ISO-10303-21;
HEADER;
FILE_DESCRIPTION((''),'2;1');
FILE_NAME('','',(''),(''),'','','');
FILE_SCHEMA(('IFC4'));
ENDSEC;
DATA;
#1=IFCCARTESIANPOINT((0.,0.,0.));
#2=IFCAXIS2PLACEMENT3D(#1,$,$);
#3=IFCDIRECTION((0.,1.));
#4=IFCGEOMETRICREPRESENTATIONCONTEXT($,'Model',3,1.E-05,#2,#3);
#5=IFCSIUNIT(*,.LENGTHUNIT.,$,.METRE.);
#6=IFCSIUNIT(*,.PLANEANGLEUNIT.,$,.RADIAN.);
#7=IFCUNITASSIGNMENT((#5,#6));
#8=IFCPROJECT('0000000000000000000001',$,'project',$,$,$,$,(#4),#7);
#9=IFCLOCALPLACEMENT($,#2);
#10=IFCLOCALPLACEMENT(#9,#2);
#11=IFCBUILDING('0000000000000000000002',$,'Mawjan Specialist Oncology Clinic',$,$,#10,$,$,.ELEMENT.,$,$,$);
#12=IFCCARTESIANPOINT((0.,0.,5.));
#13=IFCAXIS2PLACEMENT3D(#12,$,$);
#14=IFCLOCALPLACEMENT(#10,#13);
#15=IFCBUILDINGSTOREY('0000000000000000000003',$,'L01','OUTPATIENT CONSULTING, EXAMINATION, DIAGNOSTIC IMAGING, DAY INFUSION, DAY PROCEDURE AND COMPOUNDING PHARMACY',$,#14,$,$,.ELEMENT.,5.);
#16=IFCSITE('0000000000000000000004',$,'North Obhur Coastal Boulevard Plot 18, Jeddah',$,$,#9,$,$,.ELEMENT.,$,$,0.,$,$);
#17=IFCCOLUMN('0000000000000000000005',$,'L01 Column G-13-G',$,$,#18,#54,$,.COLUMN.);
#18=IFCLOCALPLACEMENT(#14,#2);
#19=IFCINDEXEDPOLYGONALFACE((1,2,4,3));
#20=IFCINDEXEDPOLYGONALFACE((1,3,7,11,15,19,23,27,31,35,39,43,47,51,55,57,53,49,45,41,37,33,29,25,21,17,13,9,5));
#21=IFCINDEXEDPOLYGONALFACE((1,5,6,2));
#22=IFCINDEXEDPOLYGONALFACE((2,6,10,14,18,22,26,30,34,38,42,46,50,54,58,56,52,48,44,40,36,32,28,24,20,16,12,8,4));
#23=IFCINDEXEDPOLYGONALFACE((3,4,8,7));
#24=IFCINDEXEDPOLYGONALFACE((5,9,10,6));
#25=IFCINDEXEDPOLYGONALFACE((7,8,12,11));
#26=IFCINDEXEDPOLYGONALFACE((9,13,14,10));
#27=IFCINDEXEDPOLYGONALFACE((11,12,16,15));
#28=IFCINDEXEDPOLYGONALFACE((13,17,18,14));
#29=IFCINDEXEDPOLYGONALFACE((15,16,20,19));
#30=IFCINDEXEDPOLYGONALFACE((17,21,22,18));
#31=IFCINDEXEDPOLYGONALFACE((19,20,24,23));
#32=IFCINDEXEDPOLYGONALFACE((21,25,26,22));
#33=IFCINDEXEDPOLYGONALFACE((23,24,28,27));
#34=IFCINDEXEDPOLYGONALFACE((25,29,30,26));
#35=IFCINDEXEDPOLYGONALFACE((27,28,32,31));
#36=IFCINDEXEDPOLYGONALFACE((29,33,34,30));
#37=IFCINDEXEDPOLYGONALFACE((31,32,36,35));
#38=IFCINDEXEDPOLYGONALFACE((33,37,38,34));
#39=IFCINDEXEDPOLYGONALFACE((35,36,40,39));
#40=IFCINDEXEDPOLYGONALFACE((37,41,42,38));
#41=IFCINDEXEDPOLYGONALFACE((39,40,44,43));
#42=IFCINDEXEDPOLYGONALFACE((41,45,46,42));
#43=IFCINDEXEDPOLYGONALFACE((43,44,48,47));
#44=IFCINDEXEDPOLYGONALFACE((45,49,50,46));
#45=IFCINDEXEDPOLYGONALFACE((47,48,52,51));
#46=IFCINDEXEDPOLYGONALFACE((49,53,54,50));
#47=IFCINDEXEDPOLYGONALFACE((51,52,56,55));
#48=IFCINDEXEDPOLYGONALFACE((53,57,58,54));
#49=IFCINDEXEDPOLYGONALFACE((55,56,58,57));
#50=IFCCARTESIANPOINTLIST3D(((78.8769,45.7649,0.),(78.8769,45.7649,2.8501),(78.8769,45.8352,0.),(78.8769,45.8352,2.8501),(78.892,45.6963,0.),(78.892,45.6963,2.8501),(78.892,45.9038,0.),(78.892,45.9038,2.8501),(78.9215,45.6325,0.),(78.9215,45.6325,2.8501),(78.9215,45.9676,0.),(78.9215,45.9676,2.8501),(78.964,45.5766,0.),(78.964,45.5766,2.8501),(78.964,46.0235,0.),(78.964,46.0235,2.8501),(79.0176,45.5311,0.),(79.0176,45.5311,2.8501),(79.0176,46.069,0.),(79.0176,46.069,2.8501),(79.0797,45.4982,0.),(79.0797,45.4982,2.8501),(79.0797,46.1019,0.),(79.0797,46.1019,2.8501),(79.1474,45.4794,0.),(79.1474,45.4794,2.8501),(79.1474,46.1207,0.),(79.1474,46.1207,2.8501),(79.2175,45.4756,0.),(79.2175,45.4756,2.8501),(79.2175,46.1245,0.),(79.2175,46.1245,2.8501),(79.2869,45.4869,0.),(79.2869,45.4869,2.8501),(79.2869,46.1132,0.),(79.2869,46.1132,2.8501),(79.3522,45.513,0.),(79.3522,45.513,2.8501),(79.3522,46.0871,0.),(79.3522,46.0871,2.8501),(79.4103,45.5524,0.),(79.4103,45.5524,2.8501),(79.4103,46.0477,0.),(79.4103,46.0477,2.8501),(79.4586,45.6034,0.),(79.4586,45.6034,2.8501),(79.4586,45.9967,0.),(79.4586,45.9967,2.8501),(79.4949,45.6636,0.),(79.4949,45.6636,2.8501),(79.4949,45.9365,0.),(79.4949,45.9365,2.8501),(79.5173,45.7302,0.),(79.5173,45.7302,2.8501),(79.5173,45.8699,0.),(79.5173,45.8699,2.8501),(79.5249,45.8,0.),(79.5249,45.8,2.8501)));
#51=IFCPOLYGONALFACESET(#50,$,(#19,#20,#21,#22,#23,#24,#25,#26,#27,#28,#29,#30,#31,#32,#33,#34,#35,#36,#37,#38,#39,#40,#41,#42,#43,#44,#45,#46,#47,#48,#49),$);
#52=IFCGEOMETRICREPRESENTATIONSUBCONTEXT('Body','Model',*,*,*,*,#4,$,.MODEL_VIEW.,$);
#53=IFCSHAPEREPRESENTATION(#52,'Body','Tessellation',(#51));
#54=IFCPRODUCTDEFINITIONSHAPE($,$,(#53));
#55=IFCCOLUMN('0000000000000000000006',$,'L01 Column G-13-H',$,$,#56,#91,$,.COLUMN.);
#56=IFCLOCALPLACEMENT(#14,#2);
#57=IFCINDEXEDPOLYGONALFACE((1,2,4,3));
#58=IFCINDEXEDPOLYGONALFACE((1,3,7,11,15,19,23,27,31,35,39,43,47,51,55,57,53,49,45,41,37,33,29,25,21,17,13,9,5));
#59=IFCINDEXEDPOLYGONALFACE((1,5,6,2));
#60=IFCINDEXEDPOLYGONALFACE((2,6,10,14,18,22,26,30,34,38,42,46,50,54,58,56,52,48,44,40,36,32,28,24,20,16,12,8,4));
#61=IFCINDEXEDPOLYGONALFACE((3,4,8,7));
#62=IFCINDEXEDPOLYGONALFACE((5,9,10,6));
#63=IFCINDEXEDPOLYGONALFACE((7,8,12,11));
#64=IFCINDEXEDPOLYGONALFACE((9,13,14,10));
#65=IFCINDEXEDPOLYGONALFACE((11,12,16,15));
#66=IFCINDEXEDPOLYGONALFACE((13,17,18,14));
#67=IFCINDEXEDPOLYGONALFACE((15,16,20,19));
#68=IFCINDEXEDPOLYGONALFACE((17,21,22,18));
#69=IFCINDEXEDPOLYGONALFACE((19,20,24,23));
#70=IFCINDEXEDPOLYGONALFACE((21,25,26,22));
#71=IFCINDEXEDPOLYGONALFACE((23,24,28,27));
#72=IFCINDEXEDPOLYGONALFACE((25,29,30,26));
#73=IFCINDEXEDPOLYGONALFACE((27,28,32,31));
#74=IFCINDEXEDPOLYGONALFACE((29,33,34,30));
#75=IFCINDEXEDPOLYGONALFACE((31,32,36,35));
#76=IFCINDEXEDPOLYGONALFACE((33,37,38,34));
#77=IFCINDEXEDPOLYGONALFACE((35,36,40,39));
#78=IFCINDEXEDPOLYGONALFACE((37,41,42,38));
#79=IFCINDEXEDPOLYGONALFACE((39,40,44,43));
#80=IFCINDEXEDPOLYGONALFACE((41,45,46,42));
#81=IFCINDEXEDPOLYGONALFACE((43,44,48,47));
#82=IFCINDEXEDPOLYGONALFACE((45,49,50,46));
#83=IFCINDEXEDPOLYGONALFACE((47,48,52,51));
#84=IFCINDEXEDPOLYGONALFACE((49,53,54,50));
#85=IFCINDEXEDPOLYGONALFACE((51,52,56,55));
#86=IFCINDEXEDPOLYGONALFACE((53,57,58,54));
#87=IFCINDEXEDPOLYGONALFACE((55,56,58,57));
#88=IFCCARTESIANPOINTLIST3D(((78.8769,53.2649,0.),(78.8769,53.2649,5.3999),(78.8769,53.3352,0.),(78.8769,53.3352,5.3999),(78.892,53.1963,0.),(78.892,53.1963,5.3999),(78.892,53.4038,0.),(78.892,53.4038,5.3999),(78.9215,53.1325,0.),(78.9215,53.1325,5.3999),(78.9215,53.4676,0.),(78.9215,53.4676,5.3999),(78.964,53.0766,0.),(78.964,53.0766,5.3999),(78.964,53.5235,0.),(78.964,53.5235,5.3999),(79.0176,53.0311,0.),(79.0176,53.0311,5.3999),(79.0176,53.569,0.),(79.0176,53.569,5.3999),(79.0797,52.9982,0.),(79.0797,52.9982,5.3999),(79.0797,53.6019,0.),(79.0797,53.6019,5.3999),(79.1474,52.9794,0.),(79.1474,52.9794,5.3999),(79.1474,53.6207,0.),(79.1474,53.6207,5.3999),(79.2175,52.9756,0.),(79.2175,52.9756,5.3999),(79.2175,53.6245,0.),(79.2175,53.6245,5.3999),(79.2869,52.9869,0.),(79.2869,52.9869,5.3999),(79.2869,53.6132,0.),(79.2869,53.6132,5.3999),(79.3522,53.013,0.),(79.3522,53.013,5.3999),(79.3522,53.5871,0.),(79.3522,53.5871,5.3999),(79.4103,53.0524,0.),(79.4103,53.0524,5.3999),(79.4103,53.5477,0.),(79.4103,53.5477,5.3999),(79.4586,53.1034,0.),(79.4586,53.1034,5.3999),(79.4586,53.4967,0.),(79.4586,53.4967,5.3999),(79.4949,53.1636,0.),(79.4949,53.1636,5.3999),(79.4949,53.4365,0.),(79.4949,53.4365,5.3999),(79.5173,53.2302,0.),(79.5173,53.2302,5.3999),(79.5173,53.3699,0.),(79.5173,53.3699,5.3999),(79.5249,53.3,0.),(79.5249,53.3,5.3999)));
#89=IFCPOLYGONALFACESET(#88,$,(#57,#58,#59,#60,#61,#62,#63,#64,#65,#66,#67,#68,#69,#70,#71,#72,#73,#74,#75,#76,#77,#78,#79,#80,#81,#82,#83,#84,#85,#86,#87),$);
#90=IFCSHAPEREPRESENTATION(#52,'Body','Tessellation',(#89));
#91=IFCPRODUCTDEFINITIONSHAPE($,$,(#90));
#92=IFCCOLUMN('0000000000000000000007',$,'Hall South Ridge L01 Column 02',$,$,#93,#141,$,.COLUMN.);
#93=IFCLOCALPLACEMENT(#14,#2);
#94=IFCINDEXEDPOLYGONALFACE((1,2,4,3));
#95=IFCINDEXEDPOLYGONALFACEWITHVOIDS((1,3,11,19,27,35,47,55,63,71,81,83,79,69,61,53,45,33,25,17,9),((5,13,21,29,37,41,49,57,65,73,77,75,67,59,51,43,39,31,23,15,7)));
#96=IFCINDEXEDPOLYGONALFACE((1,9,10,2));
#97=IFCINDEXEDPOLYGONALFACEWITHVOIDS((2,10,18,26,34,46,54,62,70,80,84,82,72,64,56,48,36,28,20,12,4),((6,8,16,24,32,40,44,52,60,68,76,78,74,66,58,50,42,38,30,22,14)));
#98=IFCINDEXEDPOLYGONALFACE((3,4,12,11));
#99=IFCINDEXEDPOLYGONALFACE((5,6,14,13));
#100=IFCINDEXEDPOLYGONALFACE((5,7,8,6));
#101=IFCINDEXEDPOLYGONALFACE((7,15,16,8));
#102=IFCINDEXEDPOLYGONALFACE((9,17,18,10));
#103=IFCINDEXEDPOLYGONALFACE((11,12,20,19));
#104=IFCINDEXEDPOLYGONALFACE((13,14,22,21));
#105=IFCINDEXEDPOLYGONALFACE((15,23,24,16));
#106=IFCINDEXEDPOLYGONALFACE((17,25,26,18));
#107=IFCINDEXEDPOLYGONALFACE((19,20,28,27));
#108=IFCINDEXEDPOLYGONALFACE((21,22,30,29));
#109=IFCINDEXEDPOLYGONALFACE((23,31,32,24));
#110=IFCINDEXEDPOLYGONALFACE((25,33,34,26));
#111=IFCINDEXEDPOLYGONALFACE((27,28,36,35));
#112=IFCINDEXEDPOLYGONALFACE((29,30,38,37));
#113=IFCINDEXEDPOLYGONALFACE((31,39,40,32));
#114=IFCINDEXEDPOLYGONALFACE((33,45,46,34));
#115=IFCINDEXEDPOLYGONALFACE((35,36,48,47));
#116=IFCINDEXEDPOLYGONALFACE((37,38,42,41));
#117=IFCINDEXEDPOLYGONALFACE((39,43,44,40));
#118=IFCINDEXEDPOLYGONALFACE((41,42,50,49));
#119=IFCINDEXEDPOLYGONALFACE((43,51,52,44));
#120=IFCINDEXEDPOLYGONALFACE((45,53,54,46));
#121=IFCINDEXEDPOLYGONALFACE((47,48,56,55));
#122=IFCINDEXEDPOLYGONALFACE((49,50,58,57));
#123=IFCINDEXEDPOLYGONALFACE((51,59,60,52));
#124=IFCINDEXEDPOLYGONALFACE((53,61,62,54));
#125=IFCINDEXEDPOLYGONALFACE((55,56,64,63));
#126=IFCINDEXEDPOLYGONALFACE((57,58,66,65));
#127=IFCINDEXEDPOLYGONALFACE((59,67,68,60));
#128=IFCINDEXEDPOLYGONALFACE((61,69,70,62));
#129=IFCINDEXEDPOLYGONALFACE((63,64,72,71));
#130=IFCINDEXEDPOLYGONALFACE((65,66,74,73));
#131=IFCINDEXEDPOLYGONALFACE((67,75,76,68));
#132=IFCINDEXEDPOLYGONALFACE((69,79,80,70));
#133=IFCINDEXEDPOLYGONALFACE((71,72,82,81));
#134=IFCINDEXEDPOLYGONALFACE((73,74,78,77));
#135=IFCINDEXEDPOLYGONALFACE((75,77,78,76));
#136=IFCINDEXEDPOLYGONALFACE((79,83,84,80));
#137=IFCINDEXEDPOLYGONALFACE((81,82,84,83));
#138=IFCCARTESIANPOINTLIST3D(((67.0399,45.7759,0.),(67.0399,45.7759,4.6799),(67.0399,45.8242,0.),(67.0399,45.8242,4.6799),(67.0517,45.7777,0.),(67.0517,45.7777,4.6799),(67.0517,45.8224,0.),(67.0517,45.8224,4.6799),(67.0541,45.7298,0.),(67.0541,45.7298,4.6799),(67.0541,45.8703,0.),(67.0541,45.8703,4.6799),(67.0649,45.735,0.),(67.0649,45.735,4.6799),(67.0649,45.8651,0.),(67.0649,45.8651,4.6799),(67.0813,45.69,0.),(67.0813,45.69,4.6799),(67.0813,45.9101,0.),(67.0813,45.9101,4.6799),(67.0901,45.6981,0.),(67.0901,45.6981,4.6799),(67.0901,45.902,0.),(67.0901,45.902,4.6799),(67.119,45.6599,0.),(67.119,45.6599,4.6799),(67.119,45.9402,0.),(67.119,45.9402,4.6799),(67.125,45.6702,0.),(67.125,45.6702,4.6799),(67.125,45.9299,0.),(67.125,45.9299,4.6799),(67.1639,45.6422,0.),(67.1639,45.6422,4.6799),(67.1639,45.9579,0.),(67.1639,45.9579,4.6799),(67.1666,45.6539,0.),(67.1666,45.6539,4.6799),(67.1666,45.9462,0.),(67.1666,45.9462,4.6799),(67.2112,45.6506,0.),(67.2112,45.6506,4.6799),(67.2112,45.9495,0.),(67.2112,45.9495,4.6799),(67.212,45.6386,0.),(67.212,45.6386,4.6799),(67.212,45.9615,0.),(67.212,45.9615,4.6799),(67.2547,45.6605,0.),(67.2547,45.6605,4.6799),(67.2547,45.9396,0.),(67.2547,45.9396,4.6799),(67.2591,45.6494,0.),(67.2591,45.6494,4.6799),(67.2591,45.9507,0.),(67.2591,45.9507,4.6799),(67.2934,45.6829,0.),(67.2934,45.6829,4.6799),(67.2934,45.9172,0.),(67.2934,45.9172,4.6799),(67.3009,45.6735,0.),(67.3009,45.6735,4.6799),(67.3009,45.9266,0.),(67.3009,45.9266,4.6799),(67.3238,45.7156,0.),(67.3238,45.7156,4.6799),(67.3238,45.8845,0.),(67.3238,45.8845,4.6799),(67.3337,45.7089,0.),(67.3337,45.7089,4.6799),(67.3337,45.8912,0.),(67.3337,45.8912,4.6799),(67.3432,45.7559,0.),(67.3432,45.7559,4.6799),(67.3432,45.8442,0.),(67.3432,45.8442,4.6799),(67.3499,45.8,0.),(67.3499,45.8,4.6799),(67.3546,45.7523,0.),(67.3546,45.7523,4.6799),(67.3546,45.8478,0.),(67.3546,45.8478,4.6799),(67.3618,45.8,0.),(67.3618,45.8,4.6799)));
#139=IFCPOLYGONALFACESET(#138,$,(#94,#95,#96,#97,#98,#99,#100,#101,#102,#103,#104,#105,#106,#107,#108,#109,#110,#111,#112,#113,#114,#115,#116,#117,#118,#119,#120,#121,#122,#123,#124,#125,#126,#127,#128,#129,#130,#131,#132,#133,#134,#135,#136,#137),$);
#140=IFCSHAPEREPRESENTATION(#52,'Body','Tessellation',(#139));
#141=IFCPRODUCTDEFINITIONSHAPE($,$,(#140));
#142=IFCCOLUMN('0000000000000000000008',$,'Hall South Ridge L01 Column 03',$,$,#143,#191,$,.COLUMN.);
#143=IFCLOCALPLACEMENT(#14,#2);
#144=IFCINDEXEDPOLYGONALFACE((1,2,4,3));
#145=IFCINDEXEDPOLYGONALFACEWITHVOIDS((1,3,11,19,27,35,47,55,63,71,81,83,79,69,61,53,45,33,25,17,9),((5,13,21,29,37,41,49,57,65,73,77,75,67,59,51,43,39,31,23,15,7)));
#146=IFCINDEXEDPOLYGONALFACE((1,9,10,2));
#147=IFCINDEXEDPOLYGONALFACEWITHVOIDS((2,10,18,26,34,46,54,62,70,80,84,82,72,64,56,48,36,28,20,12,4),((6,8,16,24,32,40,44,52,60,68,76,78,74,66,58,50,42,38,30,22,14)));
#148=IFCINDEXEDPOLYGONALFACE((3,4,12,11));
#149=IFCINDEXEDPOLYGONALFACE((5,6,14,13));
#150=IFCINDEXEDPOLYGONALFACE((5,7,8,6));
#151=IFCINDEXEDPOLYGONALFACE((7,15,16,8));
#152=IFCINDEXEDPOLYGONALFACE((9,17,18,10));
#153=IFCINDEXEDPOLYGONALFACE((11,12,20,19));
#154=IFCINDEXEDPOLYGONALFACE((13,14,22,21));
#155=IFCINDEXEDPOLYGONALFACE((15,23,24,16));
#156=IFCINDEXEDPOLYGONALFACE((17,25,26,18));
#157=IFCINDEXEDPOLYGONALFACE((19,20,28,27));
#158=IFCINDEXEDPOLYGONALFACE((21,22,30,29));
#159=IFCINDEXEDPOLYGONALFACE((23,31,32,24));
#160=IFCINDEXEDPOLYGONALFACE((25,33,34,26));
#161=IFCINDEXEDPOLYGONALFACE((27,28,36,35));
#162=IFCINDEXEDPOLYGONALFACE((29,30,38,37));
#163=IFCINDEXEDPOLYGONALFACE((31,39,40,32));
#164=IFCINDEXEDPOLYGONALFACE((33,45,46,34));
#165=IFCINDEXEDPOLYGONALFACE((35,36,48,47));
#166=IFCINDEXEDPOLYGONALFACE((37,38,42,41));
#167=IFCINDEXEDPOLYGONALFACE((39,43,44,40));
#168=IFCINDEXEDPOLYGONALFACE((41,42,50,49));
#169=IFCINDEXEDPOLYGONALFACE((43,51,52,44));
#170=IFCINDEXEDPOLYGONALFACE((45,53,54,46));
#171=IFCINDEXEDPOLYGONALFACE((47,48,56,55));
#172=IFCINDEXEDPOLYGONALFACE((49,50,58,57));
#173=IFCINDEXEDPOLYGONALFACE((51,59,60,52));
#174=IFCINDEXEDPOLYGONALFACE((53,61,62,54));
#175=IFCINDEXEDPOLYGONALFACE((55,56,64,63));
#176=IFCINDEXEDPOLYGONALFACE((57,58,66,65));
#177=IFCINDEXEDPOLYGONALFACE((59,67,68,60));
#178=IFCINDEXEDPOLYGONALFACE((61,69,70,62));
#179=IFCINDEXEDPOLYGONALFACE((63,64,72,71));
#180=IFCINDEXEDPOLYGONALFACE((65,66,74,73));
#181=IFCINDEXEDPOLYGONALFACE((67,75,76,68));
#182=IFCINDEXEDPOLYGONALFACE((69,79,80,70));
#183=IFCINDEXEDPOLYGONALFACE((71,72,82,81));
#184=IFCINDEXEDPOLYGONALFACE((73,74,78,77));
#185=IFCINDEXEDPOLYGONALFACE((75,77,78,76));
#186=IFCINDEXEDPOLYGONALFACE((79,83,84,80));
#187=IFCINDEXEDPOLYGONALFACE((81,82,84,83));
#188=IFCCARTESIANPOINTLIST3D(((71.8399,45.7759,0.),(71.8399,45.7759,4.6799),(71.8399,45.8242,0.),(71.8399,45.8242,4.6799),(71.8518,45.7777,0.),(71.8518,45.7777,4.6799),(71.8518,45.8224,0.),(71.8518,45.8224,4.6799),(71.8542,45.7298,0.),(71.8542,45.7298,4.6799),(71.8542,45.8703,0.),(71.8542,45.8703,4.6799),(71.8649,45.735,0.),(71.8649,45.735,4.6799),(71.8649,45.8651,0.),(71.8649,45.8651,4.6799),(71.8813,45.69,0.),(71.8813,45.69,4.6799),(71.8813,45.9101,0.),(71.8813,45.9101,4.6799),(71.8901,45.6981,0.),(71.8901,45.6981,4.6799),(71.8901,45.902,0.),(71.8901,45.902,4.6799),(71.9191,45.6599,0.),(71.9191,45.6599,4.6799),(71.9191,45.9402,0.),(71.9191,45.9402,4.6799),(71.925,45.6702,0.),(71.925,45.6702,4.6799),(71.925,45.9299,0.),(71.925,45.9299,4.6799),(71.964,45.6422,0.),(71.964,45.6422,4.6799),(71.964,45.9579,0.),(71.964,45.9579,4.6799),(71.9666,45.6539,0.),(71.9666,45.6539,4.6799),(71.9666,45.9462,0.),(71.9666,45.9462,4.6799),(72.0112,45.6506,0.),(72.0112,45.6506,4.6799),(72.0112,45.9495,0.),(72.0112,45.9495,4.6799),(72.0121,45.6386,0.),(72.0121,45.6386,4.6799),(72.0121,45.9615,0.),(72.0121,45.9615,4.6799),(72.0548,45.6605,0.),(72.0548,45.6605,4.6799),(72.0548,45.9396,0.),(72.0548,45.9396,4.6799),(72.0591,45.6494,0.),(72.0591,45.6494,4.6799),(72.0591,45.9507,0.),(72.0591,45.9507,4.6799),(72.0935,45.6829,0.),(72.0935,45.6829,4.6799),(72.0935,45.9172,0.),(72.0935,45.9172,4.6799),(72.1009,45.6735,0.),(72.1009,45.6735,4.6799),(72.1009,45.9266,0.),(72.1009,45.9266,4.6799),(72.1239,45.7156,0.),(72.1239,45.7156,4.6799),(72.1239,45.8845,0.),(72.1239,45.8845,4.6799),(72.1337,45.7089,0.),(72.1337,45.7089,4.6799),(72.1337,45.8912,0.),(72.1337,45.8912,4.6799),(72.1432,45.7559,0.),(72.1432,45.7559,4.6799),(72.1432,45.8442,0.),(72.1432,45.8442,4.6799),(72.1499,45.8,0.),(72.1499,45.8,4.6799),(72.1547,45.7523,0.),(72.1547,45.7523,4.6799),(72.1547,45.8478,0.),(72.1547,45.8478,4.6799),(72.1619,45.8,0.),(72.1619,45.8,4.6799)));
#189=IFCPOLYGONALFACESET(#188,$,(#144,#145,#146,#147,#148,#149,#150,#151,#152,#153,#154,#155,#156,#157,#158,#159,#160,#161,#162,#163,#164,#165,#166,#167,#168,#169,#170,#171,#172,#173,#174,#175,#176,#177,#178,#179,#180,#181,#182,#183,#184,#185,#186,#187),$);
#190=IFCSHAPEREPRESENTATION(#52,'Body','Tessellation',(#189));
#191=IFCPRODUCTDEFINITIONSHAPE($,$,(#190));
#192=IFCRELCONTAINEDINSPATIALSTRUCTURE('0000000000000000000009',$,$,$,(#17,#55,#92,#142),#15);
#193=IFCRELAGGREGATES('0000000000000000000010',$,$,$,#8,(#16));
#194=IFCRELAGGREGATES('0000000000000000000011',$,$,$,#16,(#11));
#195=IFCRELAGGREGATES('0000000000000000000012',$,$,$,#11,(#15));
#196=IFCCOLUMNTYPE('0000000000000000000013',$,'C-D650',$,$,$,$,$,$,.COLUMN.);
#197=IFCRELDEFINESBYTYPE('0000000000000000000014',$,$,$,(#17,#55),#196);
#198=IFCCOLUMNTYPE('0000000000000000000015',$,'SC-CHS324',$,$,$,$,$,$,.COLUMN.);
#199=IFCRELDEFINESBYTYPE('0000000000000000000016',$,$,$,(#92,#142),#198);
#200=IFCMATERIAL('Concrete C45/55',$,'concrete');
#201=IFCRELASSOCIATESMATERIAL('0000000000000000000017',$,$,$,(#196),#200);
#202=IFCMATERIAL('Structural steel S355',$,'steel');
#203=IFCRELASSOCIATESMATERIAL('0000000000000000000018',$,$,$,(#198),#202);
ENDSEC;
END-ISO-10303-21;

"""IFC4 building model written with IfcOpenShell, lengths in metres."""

from ifc_helpers import new_model, si_unit, direction, frame, origin, origin_2d, place, context, subcontext, project, spatial, circle, hollow_circle, extrude, material, material_profile, profile_set, type_object, element, save


model = new_model("IFC4")

# Units and contexts
model_context = context("Model", 3, precision=1e-05, world=origin(), true_north=direction((0.0, 1.0)))
body_context = subcontext(model_context, "Body", "Model", "MODEL_VIEW")
ifc_project = project(units=[si_unit("LENGTHUNIT", "METRE"), si_unit("PLANEANGLEUNIT", "RADIAN")], contexts=[model_context])

# Site, building, storey
site_placement = place(None, origin())
site = spatial("IfcSite", under=ifc_project, at=site_placement, Name="North Obhur Coastal Boulevard Plot 18, Jeddah", CompositionType="ELEMENT", RefElevation=0.0)
building_placement = place(site_placement, origin())
building = spatial("IfcBuilding", under=site, at=building_placement, Name="Mawjan Specialist Oncology Clinic", CompositionType="ELEMENT")
storey_placement = place(building_placement, frame((0.0, 0.0, 5.0)))
storey = spatial("IfcBuildingStorey", under=building, at=storey_placement, Name="L01", Description="OUTPATIENT CONSULTING, EXAMINATION, DIAGNOSTIC IMAGING, DAY INFUSION, DAY PROCEDURE AND COMPOUNDING PHARMACY", CompositionType="ELEMENT", Elevation=5.0)

# Columns
ifc_material_1 = material(Name="Concrete C45/55", Category="concrete")
ifc_material_profile_1 = material_profile(ifc_material_1, circle(Radius=0.325, at=origin_2d()), Name="RC COL D650", Category="concrete")
ifc_profile_set_1 = profile_set([ifc_material_profile_1], Name="Concrete C45/55")
column_type_1 = type_object("IfcColumnType", Name="C-D650", PredefinedType="COLUMN", material=ifc_profile_set_1)
column_1_placement = place(storey_placement, frame((79.2, 45.8, 0.0), z_axis=(0.0, 0.0, 1.0), x_axis=(1.0, 0.0, 0.0)))
element("IfcColumn", 1, at=column_1_placement, inside=storey, type_object=column_type_1, Name="L01 Column G-13-G", PredefinedType="COLUMN", context=body_context, shape_type="SweptSolid", body=[
    extrude(circle(Radius=0.325, at=origin_2d()), origin(), (0.0, 0.0, 1.0), 2.8501),
])
column_2_placement = place(storey_placement, frame((79.2, 53.3, 0.0), z_axis=(0.0, 0.0, 1.0), x_axis=(1.0, 0.0, 0.0)))
element("IfcColumn", 2, at=column_2_placement, inside=storey, type_object=column_type_1, Name="L01 Column G-13-H", PredefinedType="COLUMN", context=body_context, shape_type="SweptSolid", body=[
    extrude(circle(Radius=0.325, at=origin_2d()), origin(), (0.0, 0.0, 1.0), 5.3999),
])
ifc_material_2 = material(Name="Structural steel S355", Category="steel")
ifc_material_profile_2 = material_profile(ifc_material_2, hollow_circle(Radius=0.1619, WallThickness=0.012, at=origin_2d()), Name="CHS 323.9x12", Category="steel")
ifc_profile_set_2 = profile_set([ifc_material_profile_2], Name="Structural steel S355")
column_type_2 = type_object("IfcColumnType", Name="SC-CHS324", PredefinedType="COLUMN", material=ifc_profile_set_2)
for number, where, z_axis, x_axis, name in (
    (3, (67.2, 45.8, 0.0), (0.0, 0.0, 1.0), (1.0, 0.0, 0.0), "Hall South Ridge L01 Column 02"),
    (4, (72.0, 45.8, 0.0), (0.0, 0.0, 1.0), (1.0, 0.0, 0.0), "Hall South Ridge L01 Column 03"),
):
    element("IfcColumn", number, at=place(storey_placement, frame(where, z_axis=z_axis, x_axis=x_axis)), inside=storey, type_object=column_type_2, Name=name, PredefinedType="COLUMN", context=body_context, shape_type="SweptSolid", body=[
        extrude(hollow_circle(Radius=0.1619, WallThickness=0.012, at=origin_2d()), origin(), (0.0, 0.0, 1.0), 4.6799),
    ])

save(model, "model.ifc")
